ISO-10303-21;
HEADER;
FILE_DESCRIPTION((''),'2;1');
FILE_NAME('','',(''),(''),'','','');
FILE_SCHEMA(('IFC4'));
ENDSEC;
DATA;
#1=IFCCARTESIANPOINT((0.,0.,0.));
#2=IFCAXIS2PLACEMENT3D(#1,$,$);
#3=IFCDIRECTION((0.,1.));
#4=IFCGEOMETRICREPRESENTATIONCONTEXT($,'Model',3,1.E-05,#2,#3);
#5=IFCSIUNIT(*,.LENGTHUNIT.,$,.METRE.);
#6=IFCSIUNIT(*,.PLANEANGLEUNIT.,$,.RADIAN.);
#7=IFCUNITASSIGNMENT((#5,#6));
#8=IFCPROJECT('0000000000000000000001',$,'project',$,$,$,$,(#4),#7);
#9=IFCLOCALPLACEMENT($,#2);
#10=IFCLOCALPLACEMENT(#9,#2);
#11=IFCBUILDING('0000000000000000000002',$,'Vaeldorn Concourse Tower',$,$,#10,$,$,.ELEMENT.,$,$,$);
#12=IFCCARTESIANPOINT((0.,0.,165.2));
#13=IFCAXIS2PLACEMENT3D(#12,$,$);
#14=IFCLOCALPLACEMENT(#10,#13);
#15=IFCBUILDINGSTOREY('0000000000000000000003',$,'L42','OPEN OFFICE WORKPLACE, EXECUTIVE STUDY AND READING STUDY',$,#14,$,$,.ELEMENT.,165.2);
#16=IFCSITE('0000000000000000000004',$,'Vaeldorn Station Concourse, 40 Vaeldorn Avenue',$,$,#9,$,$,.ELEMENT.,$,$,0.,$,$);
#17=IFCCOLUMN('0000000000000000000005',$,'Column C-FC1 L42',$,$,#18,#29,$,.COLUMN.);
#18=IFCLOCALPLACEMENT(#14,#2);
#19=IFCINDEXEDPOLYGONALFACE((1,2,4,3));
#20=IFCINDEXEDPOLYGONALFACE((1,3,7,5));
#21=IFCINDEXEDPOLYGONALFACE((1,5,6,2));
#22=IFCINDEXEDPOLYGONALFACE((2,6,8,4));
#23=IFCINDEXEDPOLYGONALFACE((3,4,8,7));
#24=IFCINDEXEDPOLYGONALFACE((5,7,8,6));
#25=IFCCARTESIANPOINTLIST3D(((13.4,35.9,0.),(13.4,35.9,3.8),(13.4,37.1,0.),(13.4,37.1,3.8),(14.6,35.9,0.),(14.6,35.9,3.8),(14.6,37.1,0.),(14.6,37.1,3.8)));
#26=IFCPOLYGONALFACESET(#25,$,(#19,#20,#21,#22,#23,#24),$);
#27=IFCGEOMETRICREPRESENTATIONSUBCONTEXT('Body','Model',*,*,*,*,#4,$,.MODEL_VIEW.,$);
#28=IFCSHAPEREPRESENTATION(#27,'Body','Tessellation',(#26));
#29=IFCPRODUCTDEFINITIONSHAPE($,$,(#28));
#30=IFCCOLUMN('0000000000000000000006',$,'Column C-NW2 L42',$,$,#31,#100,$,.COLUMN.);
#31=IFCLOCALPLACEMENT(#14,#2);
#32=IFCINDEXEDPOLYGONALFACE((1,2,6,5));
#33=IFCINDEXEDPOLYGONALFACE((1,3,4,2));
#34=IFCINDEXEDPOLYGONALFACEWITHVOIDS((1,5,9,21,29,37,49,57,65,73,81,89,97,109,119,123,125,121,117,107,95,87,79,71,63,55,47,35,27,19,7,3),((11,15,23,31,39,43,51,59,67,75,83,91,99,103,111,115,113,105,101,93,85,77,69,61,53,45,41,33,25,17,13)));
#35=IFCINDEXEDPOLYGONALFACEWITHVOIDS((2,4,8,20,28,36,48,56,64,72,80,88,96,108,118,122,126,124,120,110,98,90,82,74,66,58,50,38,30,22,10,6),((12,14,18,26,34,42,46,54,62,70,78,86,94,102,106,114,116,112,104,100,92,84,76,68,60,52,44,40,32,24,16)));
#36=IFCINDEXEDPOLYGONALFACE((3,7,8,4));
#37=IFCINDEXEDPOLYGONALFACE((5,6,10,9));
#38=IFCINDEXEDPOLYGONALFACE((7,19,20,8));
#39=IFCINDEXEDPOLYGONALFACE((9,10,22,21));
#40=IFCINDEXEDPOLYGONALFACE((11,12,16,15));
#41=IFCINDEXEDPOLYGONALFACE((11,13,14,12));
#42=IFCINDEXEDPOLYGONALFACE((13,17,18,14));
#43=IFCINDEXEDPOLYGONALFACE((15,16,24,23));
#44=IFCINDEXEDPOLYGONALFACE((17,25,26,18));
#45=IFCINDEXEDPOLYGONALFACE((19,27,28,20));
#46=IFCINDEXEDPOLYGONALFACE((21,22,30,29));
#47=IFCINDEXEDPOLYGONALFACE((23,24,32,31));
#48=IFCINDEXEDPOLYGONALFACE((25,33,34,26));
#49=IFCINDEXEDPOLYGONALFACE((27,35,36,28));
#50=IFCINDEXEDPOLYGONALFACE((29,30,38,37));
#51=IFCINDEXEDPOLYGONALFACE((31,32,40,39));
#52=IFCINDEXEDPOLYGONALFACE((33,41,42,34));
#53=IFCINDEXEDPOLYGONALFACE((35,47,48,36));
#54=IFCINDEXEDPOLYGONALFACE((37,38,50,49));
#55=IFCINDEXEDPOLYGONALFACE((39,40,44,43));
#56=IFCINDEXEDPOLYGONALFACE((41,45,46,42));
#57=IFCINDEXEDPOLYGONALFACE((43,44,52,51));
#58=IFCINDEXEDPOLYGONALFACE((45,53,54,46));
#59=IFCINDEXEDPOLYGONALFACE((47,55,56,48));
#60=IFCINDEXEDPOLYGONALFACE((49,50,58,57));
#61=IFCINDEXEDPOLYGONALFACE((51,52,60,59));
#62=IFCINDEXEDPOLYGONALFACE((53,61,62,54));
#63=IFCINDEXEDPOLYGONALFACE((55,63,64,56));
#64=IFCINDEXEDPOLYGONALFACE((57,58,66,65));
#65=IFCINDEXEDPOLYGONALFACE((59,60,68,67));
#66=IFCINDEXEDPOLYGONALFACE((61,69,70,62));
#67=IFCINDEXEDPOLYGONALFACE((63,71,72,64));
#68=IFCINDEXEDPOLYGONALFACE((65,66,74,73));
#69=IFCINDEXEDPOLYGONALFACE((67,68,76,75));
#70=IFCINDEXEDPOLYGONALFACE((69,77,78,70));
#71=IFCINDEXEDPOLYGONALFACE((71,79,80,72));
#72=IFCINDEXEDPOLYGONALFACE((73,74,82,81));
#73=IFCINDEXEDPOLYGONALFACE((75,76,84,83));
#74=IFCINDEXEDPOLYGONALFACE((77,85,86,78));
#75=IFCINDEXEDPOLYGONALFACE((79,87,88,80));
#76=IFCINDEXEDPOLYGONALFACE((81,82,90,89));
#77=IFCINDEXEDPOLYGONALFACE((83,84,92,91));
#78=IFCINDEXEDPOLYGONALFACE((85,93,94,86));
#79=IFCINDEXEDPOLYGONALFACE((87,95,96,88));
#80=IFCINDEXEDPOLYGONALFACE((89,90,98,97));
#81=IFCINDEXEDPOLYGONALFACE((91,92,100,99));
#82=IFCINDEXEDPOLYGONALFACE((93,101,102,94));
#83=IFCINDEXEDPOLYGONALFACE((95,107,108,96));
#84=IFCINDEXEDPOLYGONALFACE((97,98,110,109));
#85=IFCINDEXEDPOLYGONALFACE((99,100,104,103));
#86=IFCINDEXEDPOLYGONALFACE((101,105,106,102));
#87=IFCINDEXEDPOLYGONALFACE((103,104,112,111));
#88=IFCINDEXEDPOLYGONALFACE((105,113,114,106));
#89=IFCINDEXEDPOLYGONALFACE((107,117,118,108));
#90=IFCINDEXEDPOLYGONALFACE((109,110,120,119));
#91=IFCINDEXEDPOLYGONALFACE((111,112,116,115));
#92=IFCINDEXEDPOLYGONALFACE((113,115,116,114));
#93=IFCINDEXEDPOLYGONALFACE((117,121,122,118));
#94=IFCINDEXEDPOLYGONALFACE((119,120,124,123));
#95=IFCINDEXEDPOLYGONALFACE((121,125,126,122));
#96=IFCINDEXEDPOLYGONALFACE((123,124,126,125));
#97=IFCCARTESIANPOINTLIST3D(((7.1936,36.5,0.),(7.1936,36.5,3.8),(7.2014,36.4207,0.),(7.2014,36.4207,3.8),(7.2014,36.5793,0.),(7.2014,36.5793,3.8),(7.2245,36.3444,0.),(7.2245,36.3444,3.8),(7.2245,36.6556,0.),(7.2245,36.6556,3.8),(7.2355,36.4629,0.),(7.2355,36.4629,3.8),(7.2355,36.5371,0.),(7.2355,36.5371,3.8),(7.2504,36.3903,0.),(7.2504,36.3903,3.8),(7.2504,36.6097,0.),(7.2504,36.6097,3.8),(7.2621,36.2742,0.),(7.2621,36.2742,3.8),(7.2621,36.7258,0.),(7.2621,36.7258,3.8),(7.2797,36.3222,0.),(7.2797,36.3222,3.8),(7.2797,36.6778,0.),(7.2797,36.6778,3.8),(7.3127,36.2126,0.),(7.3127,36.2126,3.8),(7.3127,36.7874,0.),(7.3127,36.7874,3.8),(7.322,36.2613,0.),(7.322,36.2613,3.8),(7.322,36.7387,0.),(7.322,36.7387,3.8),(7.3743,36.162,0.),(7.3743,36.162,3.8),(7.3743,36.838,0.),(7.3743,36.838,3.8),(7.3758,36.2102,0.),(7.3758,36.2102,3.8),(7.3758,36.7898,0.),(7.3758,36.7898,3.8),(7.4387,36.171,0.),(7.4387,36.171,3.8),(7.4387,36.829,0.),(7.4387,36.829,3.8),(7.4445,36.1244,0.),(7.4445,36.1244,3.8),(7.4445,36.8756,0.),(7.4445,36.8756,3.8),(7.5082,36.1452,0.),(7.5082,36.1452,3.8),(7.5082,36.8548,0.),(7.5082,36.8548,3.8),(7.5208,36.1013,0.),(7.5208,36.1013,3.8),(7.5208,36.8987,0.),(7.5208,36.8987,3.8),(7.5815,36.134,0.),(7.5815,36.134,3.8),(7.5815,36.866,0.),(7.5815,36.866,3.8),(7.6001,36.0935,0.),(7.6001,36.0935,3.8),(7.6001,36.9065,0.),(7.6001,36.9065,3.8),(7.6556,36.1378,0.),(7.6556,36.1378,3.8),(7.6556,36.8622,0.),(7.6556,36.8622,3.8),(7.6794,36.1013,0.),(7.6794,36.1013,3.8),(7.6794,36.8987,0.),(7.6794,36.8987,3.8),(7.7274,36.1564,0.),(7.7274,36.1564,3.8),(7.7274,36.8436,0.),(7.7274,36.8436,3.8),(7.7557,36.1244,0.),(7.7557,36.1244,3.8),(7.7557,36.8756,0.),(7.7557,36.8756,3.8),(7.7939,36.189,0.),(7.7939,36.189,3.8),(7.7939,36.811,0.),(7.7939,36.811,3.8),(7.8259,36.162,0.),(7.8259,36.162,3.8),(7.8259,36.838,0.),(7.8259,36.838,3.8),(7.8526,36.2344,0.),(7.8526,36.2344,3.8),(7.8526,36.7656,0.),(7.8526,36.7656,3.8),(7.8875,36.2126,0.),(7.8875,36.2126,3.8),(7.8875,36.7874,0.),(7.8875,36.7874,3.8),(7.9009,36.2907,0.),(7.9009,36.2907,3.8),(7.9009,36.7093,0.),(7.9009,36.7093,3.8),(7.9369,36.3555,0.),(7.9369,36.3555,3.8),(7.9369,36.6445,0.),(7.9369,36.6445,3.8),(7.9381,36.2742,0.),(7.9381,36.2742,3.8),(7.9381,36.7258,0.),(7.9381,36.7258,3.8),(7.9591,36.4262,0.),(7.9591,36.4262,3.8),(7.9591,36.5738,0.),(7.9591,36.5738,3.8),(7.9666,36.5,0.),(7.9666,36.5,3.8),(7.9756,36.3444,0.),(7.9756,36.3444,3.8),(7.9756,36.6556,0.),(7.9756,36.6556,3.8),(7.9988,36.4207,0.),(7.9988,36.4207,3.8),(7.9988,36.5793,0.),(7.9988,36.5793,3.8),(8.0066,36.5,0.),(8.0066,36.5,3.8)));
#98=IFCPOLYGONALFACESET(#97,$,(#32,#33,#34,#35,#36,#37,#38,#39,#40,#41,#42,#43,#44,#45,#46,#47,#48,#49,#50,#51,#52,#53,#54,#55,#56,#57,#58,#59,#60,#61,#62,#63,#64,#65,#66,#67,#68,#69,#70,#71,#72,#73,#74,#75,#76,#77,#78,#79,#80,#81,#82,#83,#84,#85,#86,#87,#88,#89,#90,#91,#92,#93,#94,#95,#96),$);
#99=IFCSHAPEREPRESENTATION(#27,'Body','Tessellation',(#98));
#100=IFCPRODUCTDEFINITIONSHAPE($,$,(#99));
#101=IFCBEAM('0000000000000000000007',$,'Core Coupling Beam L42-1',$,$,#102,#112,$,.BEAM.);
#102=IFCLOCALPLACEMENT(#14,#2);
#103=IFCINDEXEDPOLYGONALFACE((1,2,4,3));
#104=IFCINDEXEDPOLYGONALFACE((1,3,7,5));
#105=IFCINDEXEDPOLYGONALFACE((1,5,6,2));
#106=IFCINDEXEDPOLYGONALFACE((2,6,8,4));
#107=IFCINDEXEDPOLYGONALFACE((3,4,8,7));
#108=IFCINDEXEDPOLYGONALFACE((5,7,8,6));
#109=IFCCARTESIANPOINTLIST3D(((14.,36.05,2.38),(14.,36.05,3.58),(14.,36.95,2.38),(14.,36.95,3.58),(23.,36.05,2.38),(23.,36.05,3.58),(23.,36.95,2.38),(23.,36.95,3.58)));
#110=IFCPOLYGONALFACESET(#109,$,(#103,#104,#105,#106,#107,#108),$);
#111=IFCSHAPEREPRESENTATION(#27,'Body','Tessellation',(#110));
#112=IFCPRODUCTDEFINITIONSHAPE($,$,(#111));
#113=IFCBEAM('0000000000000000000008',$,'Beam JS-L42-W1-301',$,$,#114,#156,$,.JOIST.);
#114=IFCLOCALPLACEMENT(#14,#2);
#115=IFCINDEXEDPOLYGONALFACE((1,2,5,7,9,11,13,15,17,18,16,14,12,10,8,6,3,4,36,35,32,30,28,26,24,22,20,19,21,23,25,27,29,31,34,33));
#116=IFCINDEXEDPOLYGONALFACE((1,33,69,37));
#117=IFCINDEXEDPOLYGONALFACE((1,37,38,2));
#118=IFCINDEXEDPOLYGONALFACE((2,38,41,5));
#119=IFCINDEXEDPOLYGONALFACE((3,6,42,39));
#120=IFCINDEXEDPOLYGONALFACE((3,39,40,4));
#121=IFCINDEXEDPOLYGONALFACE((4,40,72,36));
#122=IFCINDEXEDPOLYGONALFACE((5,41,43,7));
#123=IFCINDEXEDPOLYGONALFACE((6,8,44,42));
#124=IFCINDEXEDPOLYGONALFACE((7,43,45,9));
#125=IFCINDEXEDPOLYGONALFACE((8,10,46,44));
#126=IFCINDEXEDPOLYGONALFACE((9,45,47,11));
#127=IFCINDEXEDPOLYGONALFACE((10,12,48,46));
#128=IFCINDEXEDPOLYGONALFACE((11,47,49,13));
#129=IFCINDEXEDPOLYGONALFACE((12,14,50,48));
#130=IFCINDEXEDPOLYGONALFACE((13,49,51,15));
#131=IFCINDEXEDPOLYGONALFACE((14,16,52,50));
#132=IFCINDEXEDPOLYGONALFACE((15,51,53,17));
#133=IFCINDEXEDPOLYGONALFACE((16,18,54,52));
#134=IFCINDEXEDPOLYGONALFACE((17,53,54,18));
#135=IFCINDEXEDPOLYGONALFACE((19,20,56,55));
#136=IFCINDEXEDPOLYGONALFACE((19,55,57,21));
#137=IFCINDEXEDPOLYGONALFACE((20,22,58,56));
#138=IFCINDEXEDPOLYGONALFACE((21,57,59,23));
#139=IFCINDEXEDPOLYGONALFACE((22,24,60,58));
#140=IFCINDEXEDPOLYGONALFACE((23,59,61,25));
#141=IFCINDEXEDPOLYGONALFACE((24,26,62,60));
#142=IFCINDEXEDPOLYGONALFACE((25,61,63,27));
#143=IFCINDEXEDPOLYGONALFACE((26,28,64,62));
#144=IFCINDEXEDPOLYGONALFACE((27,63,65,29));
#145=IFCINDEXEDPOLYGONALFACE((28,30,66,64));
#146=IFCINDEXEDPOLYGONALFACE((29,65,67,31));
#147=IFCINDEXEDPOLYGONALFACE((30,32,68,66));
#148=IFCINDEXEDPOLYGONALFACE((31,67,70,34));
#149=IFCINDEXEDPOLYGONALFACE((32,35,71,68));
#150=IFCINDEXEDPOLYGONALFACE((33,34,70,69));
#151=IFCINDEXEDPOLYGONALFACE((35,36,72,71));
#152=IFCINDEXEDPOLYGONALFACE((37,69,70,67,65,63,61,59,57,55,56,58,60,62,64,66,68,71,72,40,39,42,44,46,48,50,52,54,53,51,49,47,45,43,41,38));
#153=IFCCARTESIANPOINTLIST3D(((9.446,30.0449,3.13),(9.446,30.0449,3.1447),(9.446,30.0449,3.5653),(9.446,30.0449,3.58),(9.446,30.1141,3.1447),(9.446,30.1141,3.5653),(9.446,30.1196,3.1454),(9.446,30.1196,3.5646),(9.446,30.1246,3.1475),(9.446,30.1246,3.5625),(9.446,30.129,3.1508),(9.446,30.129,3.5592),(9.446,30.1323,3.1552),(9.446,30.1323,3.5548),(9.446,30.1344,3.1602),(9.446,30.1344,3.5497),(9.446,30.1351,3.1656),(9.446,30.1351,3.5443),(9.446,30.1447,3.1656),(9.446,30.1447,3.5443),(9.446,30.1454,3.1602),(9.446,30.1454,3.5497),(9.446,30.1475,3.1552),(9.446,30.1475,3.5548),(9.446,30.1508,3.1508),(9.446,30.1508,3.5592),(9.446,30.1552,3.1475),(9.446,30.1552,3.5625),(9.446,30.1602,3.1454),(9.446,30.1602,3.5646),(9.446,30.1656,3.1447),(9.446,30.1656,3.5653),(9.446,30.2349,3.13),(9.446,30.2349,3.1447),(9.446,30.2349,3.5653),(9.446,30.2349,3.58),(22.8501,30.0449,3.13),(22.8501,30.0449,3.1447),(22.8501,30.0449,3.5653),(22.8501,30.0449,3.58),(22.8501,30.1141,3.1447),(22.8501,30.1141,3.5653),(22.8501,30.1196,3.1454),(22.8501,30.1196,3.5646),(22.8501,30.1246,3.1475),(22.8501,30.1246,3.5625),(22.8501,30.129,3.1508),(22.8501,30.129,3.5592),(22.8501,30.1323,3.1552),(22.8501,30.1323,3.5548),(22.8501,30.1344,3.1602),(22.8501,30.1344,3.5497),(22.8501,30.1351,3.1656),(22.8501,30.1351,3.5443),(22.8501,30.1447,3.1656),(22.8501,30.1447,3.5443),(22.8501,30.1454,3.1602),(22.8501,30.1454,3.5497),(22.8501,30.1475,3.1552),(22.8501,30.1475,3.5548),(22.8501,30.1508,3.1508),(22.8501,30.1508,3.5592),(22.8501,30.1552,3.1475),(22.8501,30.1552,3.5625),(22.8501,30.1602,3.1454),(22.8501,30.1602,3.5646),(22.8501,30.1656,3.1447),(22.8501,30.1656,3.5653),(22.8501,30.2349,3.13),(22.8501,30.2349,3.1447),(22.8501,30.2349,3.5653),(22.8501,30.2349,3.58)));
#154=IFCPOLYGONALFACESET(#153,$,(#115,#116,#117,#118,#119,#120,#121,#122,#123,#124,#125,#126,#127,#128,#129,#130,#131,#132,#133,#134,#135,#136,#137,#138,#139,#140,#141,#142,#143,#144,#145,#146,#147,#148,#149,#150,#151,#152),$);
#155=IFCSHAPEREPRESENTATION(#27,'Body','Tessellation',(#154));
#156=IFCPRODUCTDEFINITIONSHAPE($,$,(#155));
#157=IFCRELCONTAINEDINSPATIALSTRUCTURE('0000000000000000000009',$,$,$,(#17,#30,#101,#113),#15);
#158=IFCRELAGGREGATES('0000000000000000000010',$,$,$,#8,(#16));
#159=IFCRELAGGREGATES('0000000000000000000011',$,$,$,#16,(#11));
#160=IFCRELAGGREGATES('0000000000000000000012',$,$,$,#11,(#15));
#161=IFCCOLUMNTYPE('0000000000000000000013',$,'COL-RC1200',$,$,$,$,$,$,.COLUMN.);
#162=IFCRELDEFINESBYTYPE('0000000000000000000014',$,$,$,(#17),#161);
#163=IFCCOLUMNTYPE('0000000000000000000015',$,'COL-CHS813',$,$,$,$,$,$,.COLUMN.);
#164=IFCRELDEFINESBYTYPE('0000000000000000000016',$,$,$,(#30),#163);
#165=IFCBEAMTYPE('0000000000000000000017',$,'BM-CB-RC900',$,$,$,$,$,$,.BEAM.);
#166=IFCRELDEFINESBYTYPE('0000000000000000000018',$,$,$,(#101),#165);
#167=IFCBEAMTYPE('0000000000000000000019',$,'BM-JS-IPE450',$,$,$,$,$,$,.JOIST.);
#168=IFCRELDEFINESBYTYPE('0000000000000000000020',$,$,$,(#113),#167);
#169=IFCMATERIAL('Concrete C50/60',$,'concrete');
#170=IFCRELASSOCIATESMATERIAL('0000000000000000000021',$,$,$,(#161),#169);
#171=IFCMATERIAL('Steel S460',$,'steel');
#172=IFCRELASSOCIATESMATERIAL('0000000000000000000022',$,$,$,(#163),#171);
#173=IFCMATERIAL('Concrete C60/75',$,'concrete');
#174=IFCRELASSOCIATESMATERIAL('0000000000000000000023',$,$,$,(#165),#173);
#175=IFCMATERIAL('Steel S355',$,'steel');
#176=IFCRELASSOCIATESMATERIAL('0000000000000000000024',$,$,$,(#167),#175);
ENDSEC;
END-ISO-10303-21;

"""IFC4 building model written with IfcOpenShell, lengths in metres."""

from ifc_helpers import new_model, si_unit, direction, frame, origin, origin_2d, place, context, subcontext, project, spatial, rectangle, hollow_circle, i_section, extrude, source, transform, mapped, material, material_profile, profile_set, type_object, element, save


model = new_model("IFC4")

# Units and contexts
model_context = context("Model", 3, precision=1e-05, world=origin(), true_north=direction((0.0, 1.0)))
body_context = subcontext(model_context, "Body", "Model", "MODEL_VIEW")
ifc_project = project(units=[si_unit("LENGTHUNIT", "METRE"), si_unit("PLANEANGLEUNIT", "RADIAN")], contexts=[model_context])

# Site, building, storey
site_placement = place(None, origin())
site = spatial("IfcSite", under=ifc_project, at=site_placement, Name="Vaeldorn Station Concourse, 40 Vaeldorn Avenue", CompositionType="ELEMENT", RefElevation=0.0)
building_placement = place(site_placement, origin())
building = spatial("IfcBuilding", under=site, at=building_placement, Name="Vaeldorn Concourse Tower", CompositionType="ELEMENT")
storey_placement = place(building_placement, frame((0.0, 0.0, 165.2)))
storey = spatial("IfcBuildingStorey", under=building, at=storey_placement, Name="L42", Description="OPEN OFFICE WORKPLACE, EXECUTIVE STUDY AND READING STUDY", CompositionType="ELEMENT", Elevation=165.2)

# Columns
ifc_material_1 = material(Name="Concrete C50/60", Category="concrete")
ifc_material_profile_1 = material_profile(ifc_material_1, rectangle(XDim=1.2, YDim=1.2, at=origin_2d()), Name="RC 1200x1200")
ifc_profile_set_1 = profile_set([ifc_material_profile_1], Name="Concrete C50/60")
column_type_1 = type_object("IfcColumnType", Name="COL-RC1200", PredefinedType="COLUMN", material=ifc_profile_set_1)
shared_shape_1 = source(origin(), body_context, "Body", "SweptSolid", [
    extrude(rectangle(XDim=1.2, YDim=1.2, at=origin_2d()), origin(), (0.0, 0.0, 1.0), 3.8),
])
column_1_placement = place(storey_placement, frame((14.0, 36.5, 0.0), z_axis=(0.0, 0.0, 1.0), x_axis=(1.0, 0.0, 0.0)))
element("IfcColumn", 1, at=column_1_placement, inside=storey, type_object=column_type_1, Name="Column C-FC1 L42", PredefinedType="COLUMN", context=body_context, shape_type="MappedRepresentation", body=[
    mapped(shared_shape_1, transform((0.0, 0.0, 0.0), scale=1.0)),
])
ifc_material_2 = material(Name="Steel S460", Category="steel")
ifc_material_profile_2 = material_profile(ifc_material_2, hollow_circle(Radius=0.4065, WallThickness=0.04, at=origin_2d()), Name="CHS 813x40")
ifc_profile_set_2 = profile_set([ifc_material_profile_2], Name="Steel S460")
column_type_2 = type_object("IfcColumnType", Name="COL-CHS813", PredefinedType="COLUMN", material=ifc_profile_set_2)
shared_shape_2 = source(origin(), body_context, "Body", "SweptSolid", [
    extrude(hollow_circle(Radius=0.4065, WallThickness=0.04, at=origin_2d()), origin(), (0.0, 0.0, 1.0), 3.8),
])
column_2_placement = place(storey_placement, frame((7.6001, 36.5, 0.0), z_axis=(0.0, 0.0, 1.0), x_axis=(1.0, 0.0, 0.0)))
element("IfcColumn", 2, at=column_2_placement, inside=storey, type_object=column_type_2, Name="Column C-NW2 L42", PredefinedType="COLUMN", context=body_context, shape_type="MappedRepresentation", body=[
    mapped(shared_shape_2, transform((0.0, 0.0, 0.0), scale=1.0)),
])

# Beams
ifc_material_3 = material(Name="Concrete C60/75", Category="concrete")
ifc_material_profile_3 = material_profile(ifc_material_3, rectangle(XDim=0.8999, YDim=1.2, at=origin_2d()), Name="RC 900x1200")
ifc_profile_set_3 = profile_set([ifc_material_profile_3], Name="Concrete C60/75")
beam_type_1 = type_object("IfcBeamType", Name="BM-CB-RC900", PredefinedType="BEAM", material=ifc_profile_set_3)
shared_shape_3 = source(origin(), body_context, "Body", "SweptSolid", [
    extrude(rectangle(XDim=0.8999, YDim=1.2, at=origin_2d()), origin(), (0.0, 0.0, 1.0), 9.0),
])
beam_1_placement = place(storey_placement, frame((14.0, 36.5, 2.98), z_axis=(1.0, 0.0, 0.0), x_axis=(0.0, 1.0, 0.0)))
element("IfcBeam", 3, at=beam_1_placement, inside=storey, type_object=beam_type_1, Name="Core Coupling Beam L42-1", PredefinedType="BEAM", context=body_context, shape_type="MappedRepresentation", body=[
    mapped(shared_shape_3, transform((0.0, 0.0, 0.0), scale=1.0)),
])
ifc_material_4 = material(Name="Steel S355", Category="steel")
ifc_material_profile_4 = material_profile(ifc_material_4, i_section(OverallWidth=0.1899, OverallDepth=0.45, WebThickness=0.0095, FlangeThickness=0.0146, FilletRadius=0.021, at=origin_2d()), Name="IPE 450")
ifc_profile_set_4 = profile_set([ifc_material_profile_4], Name="Steel S355")
beam_type_2 = type_object("IfcBeamType", Name="BM-JS-IPE450", PredefinedType="JOIST", material=ifc_profile_set_4)
shared_shape_4 = source(origin(), body_context, "Body", "SweptSolid", [
    extrude(i_section(OverallWidth=0.1899, OverallDepth=0.45, WebThickness=0.0095, FlangeThickness=0.0146, FilletRadius=0.021, at=origin_2d()), origin(), (0.0, 0.0, 1.0), 13.4041),
])
beam_2_placement = place(storey_placement, frame((9.446, 30.1399, 3.355), z_axis=(1.0, 0.0, 0.0), x_axis=(0.0, 1.0, 0.0)))
element("IfcBeam", 4, at=beam_2_placement, inside=storey, type_object=beam_type_2, Name="Beam JS-L42-W1-301", PredefinedType="JOIST", context=body_context, shape_type="MappedRepresentation", body=[
    mapped(shared_shape_4, transform((0.0, 0.0, 0.0), scale=1.0)),
])

save(model, "model.ifc")
